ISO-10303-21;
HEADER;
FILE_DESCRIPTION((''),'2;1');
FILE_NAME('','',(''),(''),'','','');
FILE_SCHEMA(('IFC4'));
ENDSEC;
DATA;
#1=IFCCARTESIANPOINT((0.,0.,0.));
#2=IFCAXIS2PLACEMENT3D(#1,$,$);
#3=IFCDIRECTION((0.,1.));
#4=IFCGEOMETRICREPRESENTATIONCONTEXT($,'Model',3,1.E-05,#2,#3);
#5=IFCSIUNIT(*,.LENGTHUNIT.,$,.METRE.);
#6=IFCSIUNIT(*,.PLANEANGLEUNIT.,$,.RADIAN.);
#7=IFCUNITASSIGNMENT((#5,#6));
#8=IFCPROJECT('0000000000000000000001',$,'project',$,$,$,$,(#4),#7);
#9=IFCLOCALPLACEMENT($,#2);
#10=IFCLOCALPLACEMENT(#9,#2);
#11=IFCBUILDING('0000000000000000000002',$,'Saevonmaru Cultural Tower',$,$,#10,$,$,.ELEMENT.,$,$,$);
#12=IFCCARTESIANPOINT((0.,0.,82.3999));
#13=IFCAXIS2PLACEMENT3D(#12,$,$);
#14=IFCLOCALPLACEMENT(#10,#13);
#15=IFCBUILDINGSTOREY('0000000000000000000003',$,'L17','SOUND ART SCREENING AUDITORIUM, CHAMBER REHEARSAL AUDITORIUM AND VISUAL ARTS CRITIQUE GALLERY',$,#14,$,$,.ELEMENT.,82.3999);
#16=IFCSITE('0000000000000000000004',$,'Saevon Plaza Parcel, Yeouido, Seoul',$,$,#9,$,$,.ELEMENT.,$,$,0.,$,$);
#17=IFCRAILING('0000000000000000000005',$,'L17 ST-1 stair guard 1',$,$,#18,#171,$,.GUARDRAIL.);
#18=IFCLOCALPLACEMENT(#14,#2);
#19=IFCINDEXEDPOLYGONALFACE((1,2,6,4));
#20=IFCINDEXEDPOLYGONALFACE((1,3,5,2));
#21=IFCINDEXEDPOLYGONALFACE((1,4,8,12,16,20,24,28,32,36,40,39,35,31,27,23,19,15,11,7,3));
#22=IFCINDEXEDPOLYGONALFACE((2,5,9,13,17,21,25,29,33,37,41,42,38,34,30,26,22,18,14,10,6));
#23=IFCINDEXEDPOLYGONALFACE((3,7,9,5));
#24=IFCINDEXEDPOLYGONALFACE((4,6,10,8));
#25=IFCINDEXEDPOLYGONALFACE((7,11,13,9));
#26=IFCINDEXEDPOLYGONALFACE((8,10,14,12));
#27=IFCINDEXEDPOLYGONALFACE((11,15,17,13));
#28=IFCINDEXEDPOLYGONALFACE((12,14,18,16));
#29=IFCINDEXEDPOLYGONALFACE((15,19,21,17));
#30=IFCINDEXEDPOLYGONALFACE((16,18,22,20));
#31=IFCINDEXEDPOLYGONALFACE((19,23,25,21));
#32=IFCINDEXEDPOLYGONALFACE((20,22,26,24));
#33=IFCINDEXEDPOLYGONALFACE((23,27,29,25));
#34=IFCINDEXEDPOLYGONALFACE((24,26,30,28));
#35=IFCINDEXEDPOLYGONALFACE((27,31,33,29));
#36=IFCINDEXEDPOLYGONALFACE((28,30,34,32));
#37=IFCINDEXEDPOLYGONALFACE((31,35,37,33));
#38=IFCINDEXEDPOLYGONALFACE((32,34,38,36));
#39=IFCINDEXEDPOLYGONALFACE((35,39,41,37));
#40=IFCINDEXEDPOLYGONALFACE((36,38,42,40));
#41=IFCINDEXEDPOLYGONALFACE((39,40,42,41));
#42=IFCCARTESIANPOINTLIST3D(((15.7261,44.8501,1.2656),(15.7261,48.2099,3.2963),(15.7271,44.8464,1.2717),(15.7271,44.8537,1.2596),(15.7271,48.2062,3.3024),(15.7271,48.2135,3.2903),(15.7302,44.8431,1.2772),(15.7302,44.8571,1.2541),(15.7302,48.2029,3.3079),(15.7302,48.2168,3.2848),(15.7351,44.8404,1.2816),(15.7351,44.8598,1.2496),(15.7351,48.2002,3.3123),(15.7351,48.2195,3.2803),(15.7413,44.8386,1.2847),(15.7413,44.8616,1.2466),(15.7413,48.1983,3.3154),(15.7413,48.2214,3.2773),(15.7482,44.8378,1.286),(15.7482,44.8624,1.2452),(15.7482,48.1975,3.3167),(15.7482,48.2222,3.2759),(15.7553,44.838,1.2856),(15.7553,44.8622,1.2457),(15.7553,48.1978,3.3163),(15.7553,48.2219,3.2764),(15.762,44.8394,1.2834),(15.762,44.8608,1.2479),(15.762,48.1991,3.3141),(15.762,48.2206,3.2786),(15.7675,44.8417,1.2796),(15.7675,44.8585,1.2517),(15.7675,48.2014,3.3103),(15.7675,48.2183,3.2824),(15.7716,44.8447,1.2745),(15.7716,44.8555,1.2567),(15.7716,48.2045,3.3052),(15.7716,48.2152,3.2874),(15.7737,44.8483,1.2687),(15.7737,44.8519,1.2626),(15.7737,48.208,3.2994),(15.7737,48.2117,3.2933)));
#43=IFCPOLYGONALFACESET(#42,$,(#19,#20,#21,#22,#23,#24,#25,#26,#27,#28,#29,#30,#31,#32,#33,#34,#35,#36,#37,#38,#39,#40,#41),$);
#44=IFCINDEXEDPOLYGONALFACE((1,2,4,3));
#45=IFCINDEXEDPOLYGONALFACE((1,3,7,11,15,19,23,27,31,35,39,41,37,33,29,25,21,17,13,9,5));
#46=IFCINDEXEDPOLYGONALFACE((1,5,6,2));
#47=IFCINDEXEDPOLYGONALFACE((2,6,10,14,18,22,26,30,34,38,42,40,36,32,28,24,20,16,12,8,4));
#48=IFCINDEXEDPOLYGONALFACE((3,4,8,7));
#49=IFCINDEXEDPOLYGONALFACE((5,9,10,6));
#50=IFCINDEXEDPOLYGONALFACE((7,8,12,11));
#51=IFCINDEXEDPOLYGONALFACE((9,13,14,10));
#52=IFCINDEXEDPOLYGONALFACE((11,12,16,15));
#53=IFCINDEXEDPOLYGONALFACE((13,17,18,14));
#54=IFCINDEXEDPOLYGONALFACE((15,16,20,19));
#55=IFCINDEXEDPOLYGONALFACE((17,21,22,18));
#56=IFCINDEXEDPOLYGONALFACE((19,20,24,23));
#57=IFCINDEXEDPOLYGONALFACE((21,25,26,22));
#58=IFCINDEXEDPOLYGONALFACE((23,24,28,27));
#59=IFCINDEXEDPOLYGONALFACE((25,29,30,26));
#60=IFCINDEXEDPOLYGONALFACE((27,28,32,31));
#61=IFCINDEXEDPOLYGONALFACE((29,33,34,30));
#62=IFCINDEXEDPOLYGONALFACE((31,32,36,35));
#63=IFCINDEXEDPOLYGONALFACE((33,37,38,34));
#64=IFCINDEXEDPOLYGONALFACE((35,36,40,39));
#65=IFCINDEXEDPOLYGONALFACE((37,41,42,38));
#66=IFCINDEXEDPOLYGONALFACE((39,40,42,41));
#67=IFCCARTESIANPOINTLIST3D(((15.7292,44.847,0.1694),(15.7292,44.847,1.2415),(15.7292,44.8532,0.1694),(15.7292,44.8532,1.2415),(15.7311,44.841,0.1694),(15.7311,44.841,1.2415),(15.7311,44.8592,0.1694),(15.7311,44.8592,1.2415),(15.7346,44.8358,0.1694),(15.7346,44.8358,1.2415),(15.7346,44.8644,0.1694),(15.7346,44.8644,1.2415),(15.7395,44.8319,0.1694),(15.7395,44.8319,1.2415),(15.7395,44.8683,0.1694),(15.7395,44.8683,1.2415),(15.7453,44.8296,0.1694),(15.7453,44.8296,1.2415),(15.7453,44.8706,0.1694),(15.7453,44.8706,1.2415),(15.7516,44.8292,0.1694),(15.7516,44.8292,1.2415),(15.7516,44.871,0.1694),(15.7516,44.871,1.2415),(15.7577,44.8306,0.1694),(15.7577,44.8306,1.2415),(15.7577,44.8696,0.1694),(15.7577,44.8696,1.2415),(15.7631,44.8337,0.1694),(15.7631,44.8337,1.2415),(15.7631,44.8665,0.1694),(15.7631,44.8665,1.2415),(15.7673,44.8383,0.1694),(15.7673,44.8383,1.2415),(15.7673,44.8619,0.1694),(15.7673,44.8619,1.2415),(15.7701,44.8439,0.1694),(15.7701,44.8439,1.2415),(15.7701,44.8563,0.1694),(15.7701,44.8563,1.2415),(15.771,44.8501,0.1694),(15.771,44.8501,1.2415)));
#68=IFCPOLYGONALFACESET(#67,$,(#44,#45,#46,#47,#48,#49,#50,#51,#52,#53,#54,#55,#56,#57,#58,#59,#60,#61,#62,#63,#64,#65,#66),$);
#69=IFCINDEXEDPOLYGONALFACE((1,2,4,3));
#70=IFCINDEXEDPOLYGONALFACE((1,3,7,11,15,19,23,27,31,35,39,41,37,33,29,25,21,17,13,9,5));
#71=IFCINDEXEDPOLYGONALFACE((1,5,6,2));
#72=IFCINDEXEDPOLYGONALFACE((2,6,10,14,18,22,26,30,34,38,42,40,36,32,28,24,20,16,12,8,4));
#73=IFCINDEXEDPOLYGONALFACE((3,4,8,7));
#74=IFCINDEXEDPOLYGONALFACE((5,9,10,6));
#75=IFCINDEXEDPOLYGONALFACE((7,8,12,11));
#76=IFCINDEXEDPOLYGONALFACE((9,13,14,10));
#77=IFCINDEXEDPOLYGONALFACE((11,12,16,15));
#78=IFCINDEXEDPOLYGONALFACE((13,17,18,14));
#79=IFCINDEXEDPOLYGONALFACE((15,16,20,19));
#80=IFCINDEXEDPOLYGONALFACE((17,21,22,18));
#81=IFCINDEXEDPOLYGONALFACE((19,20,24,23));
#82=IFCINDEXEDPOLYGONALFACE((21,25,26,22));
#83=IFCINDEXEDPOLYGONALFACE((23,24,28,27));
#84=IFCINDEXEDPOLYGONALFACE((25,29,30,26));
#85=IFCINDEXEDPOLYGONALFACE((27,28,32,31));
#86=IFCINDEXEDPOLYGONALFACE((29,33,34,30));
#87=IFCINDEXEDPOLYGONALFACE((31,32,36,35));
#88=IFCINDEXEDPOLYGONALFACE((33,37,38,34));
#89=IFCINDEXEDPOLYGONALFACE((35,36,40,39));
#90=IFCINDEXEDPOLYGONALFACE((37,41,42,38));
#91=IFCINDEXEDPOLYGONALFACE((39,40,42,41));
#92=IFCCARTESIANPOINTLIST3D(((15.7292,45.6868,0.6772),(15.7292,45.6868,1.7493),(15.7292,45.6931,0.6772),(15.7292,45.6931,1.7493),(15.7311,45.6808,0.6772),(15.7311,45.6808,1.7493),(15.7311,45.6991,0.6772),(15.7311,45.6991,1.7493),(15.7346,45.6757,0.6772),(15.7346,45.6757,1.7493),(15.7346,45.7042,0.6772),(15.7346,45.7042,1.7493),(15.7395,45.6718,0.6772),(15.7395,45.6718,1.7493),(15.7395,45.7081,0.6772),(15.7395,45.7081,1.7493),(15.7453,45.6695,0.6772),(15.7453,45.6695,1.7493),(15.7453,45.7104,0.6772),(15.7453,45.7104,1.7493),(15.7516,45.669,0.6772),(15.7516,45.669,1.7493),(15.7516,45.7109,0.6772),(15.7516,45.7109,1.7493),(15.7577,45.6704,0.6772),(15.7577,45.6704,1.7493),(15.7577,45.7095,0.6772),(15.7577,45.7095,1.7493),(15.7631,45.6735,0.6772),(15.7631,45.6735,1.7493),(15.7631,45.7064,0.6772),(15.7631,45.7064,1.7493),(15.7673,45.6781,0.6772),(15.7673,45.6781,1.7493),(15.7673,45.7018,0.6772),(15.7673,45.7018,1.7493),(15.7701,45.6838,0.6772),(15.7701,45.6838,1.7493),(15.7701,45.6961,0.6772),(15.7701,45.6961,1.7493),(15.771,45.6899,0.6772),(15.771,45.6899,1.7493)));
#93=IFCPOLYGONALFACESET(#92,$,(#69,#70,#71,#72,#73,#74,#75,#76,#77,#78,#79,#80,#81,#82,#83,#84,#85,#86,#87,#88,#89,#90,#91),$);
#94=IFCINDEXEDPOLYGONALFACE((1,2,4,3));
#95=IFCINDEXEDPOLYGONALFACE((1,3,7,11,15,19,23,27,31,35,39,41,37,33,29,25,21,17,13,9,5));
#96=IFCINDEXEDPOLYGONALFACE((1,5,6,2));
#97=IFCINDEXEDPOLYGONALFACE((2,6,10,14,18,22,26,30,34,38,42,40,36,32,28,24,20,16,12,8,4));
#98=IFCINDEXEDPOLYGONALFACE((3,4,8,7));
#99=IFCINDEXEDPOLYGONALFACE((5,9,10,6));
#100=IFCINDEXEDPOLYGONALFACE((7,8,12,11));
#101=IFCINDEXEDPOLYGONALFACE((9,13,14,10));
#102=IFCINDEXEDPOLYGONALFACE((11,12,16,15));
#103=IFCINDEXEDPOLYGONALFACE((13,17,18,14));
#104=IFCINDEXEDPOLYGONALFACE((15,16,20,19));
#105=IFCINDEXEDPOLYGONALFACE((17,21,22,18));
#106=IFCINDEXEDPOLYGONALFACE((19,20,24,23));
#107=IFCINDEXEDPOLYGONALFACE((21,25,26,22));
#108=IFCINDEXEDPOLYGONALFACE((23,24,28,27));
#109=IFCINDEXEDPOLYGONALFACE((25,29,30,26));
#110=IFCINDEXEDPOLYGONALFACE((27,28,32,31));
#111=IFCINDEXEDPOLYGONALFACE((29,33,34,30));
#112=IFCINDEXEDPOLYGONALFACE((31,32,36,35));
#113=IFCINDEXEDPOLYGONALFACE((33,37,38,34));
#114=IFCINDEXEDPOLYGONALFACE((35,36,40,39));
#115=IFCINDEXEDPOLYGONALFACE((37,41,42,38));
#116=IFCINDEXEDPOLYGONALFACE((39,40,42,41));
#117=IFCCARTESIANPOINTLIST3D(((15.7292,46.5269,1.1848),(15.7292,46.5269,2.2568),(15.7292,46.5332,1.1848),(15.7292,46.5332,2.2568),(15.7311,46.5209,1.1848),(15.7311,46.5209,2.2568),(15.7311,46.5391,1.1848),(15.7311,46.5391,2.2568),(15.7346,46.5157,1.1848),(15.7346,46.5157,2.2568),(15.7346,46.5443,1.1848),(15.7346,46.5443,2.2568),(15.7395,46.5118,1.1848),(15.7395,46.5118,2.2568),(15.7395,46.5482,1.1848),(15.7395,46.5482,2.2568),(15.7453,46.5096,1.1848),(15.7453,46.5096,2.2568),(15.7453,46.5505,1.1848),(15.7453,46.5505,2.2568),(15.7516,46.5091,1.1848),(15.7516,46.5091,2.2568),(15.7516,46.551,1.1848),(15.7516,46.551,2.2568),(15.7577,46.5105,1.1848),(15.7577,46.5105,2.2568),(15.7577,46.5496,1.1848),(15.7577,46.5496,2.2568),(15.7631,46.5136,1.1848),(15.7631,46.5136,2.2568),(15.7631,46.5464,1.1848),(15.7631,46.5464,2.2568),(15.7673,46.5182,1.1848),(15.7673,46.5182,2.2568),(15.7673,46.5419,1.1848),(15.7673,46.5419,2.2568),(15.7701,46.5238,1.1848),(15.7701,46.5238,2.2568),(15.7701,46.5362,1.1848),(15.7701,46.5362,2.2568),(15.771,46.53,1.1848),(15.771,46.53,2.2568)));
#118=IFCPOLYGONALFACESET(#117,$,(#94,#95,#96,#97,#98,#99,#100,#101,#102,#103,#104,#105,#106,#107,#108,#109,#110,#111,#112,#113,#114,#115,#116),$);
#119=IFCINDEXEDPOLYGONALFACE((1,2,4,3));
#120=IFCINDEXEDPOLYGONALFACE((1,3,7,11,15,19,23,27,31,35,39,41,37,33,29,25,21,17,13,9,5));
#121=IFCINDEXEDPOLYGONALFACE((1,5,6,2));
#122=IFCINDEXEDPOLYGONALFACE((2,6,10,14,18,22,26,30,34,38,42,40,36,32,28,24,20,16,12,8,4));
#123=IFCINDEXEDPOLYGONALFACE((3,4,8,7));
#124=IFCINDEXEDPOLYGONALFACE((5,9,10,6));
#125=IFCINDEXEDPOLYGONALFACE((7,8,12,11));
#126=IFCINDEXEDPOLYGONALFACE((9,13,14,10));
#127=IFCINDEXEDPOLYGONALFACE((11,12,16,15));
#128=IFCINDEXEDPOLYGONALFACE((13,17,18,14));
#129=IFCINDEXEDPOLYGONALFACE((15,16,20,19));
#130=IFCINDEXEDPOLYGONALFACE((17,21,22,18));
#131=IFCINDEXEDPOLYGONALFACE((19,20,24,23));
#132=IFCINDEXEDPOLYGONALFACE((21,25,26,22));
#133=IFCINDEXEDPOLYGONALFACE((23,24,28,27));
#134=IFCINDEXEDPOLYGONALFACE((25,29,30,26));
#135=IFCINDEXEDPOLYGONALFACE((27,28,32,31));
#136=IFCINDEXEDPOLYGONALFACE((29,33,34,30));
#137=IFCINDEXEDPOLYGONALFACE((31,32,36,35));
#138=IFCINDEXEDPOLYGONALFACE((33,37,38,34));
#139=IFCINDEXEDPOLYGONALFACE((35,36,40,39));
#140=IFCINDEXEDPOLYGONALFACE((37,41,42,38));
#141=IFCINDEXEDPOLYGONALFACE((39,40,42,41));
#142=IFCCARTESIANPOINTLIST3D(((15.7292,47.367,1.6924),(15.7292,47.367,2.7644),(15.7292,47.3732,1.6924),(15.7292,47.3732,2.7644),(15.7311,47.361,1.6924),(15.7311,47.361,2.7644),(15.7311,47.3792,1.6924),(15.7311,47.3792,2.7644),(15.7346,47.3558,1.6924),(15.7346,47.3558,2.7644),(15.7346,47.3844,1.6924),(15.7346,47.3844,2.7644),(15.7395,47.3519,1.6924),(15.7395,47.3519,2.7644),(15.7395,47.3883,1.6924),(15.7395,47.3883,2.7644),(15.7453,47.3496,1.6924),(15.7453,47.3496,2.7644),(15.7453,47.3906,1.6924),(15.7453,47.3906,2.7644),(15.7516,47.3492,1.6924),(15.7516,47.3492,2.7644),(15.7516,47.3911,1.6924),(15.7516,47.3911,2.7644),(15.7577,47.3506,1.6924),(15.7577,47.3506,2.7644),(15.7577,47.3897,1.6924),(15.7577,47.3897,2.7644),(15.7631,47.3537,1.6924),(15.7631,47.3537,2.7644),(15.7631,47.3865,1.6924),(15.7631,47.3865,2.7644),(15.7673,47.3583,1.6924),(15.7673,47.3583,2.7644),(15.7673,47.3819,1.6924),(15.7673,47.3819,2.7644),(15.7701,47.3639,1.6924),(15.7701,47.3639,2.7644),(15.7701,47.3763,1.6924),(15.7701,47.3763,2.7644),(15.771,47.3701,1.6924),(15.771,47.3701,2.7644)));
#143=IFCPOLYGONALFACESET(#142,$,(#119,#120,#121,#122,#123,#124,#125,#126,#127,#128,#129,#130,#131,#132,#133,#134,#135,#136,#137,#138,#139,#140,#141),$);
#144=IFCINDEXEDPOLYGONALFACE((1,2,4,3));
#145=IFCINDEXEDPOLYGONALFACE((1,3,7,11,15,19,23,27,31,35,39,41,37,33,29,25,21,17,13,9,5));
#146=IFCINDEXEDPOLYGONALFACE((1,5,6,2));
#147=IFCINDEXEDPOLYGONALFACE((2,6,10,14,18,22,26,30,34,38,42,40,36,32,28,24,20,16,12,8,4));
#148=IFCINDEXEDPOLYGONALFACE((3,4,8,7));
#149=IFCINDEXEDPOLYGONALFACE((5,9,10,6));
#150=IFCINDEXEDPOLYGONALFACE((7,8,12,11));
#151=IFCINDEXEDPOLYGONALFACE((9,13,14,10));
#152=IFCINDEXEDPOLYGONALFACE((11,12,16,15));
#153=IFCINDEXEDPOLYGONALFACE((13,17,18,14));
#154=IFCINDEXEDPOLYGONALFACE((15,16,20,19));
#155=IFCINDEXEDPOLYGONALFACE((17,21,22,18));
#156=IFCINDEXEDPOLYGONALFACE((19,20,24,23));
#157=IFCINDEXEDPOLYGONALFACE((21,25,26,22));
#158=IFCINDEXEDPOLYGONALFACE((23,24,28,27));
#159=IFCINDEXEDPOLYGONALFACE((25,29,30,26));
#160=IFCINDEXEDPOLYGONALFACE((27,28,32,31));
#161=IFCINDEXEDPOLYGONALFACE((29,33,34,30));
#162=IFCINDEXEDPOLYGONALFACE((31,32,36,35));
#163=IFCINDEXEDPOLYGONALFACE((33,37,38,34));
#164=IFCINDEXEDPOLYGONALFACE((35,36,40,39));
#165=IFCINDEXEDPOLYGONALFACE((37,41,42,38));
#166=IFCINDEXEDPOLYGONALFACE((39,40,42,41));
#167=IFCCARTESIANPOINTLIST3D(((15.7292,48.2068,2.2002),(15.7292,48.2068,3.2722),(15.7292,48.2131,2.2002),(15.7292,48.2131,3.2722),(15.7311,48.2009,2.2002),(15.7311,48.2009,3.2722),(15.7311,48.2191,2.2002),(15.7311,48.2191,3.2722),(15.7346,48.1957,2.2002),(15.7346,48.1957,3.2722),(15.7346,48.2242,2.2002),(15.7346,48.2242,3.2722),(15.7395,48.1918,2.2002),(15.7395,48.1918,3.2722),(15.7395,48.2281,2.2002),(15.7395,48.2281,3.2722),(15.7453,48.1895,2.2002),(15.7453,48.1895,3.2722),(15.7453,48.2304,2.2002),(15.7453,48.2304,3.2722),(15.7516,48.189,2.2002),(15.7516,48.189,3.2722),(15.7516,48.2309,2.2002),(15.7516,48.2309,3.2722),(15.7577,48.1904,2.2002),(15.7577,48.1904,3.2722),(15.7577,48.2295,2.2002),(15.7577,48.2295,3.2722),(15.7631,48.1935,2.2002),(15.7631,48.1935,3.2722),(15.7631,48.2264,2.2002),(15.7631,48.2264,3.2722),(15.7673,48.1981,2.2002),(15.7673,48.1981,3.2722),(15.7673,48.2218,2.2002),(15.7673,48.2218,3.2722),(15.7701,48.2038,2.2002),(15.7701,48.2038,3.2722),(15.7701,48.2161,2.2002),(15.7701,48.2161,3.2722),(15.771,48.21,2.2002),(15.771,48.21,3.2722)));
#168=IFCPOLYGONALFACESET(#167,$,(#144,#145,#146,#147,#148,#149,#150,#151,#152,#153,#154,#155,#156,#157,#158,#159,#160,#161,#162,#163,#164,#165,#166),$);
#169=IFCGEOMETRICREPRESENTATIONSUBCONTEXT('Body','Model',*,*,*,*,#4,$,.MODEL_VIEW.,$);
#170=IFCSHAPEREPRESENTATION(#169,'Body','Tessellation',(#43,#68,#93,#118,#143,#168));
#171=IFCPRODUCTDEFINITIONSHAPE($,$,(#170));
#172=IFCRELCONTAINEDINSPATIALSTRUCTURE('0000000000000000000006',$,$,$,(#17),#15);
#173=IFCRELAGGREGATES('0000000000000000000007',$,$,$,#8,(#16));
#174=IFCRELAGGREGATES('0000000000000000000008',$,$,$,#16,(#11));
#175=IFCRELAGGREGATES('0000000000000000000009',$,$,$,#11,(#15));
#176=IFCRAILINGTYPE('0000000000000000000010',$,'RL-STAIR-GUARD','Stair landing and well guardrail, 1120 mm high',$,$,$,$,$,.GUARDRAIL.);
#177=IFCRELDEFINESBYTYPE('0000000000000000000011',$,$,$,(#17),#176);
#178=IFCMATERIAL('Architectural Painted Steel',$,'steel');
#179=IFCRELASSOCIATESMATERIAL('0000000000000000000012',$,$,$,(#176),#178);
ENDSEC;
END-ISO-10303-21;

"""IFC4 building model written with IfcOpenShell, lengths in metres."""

from ifc_helpers import new_model, si_unit, direction, frame, origin, origin_2d, place, context, subcontext, project, spatial, circle, extrude, material, type_object, element, save


model = new_model("IFC4")

# Units and contexts
model_context = context("Model", 3, precision=1e-05, world=origin(), true_north=direction((0.0, 1.0)))
body_context = subcontext(model_context, "Body", "Model", "MODEL_VIEW")
ifc_project = project(units=[si_unit("LENGTHUNIT", "METRE"), si_unit("PLANEANGLEUNIT", "RADIAN")], contexts=[model_context])

# Site, building, storey
site_placement = place(None, origin())
site = spatial("IfcSite", under=ifc_project, at=site_placement, Name="Saevon Plaza Parcel, Yeouido, Seoul", CompositionType="ELEMENT", RefElevation=0.0)
building_placement = place(site_placement, origin())
building = spatial("IfcBuilding", under=site, at=building_placement, Name="Saevonmaru Cultural Tower", CompositionType="ELEMENT")
storey_placement = place(building_placement, frame((0.0, 0.0, 82.3999)))
storey = spatial("IfcBuildingStorey", under=building, at=storey_placement, Name="L17", Description="SOUND ART SCREENING AUDITORIUM, CHAMBER REHEARSAL AUDITORIUM AND VISUAL ARTS CRITIQUE GALLERY", CompositionType="ELEMENT", Elevation=82.3999)

# Railing
ifc_material_1 = material(Name="Architectural Painted Steel", Category="steel")
railing_type_1 = type_object("IfcRailingType", Name="RL-STAIR-GUARD", Description="Stair landing and well guardrail, 1120 mm high", PredefinedType="GUARDRAIL", material=ifc_material_1)
railing_1_placement = place(storey_placement, frame((15.75, 44.8501, 0.1694)))
element("IfcRailing", 1, at=railing_1_placement, inside=storey, type_object=railing_type_1, Name="L17 ST-1 stair guard 1", PredefinedType="GUARDRAIL", context=body_context, shape_type="SweptSolid", body=[
    extrude(circle(Radius=0.0239, at=origin_2d()), frame((0.0, 0.0, 1.0962), z_axis=(0.0, 0.85582, 0.517273), x_axis=(-1.0, 0.0, 0.0)), (0.0, 0.0, 1.0), 3.9258),
    extrude(circle(Radius=0.021, at=origin_2d()), origin(), (0.0, 0.0, 1.0), 1.072),
    extrude(circle(Radius=0.021, at=origin_2d()), frame((0.0, 0.8398, 0.5078)), (0.0, 0.0, 1.0), 1.072),
    extrude(circle(Radius=0.021, at=origin_2d()), frame((0.0, 1.6799, 1.0154)), (0.0, 0.0, 1.0), 1.072),
    extrude(circle(Radius=0.021, at=origin_2d()), frame((0.0, 2.52, 1.5229)), (0.0, 0.0, 1.0), 1.072),
    extrude(circle(Radius=0.021, at=origin_2d()), frame((0.0, 3.3599, 2.0308)), (0.0, 0.0, 1.0), 1.072),
])

save(model, "model.ifc")
